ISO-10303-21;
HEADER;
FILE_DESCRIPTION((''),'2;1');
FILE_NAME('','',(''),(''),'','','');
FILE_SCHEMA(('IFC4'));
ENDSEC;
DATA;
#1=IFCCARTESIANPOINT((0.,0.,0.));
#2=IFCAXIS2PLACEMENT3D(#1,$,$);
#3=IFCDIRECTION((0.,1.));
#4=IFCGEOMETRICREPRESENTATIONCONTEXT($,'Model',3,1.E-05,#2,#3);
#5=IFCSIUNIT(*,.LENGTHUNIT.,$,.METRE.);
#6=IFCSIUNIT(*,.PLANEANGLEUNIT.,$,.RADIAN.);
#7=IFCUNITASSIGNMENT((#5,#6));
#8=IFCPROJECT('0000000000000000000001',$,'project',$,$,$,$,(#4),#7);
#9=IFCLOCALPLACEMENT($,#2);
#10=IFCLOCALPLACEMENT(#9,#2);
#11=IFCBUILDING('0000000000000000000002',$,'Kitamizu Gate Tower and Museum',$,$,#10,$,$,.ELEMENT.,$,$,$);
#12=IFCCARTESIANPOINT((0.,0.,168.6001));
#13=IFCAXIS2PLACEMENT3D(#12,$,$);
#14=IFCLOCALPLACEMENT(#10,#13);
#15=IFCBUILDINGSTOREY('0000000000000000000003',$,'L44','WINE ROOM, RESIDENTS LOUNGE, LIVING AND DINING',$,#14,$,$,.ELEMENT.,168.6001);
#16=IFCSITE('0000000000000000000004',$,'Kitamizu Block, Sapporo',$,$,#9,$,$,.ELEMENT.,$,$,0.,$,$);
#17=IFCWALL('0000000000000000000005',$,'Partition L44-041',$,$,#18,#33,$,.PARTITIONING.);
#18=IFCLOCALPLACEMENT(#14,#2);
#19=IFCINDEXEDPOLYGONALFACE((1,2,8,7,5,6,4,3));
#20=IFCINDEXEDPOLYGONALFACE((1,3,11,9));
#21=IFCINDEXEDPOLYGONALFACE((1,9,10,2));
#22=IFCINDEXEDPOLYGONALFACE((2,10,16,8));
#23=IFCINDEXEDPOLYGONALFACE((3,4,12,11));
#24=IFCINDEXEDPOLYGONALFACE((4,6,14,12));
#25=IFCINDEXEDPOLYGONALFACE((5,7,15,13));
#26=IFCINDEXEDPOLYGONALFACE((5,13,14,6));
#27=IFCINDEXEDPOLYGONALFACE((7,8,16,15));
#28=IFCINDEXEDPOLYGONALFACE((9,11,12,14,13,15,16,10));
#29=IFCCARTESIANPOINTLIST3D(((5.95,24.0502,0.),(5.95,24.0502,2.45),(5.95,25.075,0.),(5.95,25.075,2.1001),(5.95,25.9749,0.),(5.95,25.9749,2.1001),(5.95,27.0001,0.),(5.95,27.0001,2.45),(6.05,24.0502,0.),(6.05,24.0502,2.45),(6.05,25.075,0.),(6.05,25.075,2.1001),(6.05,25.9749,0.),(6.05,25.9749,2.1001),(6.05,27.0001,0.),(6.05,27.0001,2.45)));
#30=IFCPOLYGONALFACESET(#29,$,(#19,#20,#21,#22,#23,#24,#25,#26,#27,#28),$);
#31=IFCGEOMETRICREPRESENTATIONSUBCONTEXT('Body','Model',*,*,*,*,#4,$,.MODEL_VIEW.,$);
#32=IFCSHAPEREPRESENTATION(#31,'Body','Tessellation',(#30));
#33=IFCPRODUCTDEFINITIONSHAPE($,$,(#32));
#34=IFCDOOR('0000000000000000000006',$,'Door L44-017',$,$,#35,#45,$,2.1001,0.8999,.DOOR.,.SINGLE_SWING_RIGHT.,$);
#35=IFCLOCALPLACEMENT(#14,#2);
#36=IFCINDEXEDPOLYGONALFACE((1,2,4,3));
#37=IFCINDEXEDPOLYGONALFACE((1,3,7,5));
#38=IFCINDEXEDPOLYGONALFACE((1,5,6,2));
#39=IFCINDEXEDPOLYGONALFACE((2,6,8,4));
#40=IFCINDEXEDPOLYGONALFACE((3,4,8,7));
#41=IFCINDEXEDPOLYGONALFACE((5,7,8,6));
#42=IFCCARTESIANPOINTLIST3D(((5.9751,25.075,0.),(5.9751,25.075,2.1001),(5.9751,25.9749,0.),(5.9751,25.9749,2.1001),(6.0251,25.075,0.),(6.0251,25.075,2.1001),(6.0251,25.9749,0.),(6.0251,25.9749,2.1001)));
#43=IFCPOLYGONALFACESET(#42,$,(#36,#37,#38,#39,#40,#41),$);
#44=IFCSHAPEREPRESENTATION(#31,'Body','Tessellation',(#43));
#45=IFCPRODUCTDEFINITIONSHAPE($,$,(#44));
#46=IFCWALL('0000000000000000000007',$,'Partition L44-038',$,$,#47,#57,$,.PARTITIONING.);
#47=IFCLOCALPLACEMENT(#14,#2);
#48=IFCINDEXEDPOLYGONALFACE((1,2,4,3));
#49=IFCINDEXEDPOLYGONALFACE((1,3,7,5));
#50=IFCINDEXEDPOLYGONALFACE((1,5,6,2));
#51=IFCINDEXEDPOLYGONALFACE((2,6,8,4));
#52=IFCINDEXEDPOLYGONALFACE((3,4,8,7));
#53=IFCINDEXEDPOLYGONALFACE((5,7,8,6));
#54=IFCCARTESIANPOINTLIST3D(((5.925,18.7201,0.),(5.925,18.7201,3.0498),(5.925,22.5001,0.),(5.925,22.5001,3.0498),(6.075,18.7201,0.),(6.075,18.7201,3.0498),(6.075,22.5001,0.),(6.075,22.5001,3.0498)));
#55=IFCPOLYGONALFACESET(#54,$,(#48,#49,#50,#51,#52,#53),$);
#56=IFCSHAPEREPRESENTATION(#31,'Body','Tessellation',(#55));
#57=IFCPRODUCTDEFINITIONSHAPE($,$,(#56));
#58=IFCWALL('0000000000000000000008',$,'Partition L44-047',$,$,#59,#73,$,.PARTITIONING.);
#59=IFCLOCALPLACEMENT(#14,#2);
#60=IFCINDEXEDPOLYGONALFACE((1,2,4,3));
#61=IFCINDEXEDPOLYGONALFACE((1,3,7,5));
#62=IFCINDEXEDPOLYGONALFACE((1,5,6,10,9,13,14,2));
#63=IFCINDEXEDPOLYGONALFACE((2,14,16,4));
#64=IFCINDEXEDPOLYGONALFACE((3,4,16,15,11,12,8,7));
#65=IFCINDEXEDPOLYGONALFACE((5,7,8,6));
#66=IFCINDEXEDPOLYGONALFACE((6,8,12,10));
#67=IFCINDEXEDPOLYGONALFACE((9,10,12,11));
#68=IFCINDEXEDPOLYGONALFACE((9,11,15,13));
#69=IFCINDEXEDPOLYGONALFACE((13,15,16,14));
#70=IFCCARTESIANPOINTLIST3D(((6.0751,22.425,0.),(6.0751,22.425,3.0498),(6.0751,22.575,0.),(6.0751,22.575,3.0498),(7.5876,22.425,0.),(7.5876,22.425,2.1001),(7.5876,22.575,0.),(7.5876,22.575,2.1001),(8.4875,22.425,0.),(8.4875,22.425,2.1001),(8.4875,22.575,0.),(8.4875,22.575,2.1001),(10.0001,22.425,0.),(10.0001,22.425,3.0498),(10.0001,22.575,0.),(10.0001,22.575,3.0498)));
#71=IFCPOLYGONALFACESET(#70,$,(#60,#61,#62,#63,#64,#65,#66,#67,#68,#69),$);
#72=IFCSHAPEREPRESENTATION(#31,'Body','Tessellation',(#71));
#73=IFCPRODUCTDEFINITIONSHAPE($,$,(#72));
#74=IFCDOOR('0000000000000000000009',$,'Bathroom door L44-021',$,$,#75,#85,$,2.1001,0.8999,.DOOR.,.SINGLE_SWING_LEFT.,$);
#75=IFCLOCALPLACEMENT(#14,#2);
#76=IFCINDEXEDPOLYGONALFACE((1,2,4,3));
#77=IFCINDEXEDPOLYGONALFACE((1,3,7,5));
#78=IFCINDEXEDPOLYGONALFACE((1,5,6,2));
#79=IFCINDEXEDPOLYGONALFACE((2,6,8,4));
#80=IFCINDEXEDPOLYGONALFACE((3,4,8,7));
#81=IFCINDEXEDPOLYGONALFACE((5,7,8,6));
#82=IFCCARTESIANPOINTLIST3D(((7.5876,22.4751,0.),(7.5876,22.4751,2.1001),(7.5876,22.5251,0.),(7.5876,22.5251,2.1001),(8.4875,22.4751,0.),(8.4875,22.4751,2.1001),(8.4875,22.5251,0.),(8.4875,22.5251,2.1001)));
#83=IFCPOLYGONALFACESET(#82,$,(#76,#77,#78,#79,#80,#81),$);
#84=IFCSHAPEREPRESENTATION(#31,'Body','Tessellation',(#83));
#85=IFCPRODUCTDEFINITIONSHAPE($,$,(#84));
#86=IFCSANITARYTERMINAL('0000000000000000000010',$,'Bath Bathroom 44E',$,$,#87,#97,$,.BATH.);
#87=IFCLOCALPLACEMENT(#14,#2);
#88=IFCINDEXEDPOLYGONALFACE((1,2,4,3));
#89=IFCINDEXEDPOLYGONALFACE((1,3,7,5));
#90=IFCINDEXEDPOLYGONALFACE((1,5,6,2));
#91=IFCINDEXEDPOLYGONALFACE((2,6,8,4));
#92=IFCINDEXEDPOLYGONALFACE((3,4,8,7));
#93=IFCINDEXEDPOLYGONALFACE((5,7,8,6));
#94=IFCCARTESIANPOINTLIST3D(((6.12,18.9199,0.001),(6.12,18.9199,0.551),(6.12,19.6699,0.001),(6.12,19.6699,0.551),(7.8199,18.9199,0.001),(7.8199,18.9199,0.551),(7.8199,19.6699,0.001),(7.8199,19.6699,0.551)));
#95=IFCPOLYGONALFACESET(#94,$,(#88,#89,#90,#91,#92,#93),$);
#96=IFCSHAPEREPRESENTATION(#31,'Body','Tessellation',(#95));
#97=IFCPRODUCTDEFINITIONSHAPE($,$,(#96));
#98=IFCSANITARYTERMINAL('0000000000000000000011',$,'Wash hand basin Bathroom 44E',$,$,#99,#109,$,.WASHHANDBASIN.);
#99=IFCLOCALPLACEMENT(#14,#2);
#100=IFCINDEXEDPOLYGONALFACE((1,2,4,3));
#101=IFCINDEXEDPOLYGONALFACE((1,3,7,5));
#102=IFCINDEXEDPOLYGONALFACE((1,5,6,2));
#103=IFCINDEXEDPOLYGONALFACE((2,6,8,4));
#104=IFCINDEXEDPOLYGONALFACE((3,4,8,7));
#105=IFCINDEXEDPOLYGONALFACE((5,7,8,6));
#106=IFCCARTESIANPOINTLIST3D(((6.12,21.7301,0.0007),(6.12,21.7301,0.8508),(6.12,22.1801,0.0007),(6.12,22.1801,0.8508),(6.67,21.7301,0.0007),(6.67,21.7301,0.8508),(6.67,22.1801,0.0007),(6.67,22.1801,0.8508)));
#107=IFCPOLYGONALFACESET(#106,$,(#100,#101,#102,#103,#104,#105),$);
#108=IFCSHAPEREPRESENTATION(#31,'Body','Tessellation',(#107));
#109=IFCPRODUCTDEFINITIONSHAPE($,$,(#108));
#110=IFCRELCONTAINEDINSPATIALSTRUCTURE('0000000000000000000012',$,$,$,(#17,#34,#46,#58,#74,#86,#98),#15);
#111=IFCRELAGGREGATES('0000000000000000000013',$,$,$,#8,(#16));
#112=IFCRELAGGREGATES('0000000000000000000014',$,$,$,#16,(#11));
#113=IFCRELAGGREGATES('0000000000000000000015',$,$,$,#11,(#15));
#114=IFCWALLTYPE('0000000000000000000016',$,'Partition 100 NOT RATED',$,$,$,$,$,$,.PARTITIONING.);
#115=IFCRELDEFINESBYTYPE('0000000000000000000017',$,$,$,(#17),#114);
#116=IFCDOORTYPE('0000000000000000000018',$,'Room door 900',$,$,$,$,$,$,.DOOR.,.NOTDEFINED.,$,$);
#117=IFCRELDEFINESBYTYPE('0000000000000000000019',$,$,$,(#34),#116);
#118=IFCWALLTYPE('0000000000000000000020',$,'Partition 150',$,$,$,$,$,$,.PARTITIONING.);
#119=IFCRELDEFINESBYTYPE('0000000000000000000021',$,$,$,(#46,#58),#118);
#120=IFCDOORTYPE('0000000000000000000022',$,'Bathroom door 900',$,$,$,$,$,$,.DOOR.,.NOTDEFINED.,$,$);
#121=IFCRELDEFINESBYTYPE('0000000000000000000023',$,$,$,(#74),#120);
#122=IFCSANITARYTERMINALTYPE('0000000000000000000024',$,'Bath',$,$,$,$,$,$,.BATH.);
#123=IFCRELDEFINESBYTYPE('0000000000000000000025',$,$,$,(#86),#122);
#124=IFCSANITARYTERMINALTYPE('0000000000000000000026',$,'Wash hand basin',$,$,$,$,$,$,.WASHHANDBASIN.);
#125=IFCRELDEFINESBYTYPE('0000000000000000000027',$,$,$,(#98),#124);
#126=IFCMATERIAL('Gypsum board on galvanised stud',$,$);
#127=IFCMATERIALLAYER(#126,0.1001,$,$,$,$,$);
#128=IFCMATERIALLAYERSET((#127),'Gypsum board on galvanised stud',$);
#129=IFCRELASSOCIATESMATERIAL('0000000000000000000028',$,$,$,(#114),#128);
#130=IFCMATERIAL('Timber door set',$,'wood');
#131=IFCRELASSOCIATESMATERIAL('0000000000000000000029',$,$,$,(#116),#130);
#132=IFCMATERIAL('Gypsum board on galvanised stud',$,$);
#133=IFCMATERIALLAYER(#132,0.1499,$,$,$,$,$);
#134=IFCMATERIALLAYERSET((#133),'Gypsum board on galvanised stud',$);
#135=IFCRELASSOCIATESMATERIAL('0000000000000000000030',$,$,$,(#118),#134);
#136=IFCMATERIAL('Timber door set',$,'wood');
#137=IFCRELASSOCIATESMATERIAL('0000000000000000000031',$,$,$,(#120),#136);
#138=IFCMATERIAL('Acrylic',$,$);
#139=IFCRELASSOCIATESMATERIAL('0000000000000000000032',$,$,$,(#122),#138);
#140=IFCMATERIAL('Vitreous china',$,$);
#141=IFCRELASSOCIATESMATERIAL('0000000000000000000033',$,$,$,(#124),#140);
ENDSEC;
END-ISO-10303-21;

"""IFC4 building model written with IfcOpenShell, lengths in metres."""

from ifc_helpers import new_model, si_unit, direction, frame, frame_2d, origin, origin_2d, place, context, subcontext, project, spatial, rectangle, extrude, material, layer, layer_set, type_object, element, fill, save


model = new_model("IFC4")

# Units and contexts
model_context = context("Model", 3, precision=1e-05, world=origin(), true_north=direction((0.0, 1.0)))
body_context = subcontext(model_context, "Body", "Model", "MODEL_VIEW")
ifc_project = project(units=[si_unit("LENGTHUNIT", "METRE"), si_unit("PLANEANGLEUNIT", "RADIAN")], contexts=[model_context])

# Site, building, storey
site_placement = place(None, origin())
site = spatial("IfcSite", under=ifc_project, at=site_placement, Name="Kitamizu Block, Sapporo", CompositionType="ELEMENT", RefElevation=0.0)
building_placement = place(site_placement, origin())
building = spatial("IfcBuilding", under=site, at=building_placement, Name="Kitamizu Gate Tower and Museum", CompositionType="ELEMENT")
storey_placement = place(building_placement, frame((0.0, 0.0, 168.6001)))
storey = spatial("IfcBuildingStorey", under=building, at=storey_placement, Name="L44", Description="WINE ROOM, RESIDENTS LOUNGE, LIVING AND DINING", CompositionType="ELEMENT", Elevation=168.6001)

# Shared definitions
ifc_material_1 = material(Name="Gypsum board on galvanised stud")
ifc_layer_1 = layer(ifc_material_1, 0.1001)
ifc_layer_set_1 = layer_set([ifc_layer_1], Name="Gypsum board on galvanised stud")
wall_type_1 = type_object("IfcWallType", Name="Partition 100 NOT RATED", PredefinedType="PARTITIONING", material=ifc_layer_set_1)

# Wall, opening, door
ifc_material_2 = material(Name="Timber door set", Category="wood")
door_type_1 = type_object("IfcDoorType", Name="Room door 900", OperationType="NOTDEFINED", PredefinedType="DOOR", material=ifc_material_2)
wall_1_placement = place(storey_placement, frame((6.0, 24.05, 0.0), z_axis=(0.0, 0.0, 1.0), x_axis=(0.0, 1.0, 0.0)))
wall_1 = element("IfcWall", 1, at=wall_1_placement, inside=storey, type_object=wall_type_1, Name="Partition L44-041", PredefinedType="PARTITIONING", context=body_context, shape_type="SweptSolid", body=[
    extrude(rectangle(XDim=2.95, YDim=0.1001, at=frame_2d((1.4751, 0.0))), origin(), (0.0, 0.0, 1.0), 2.45),
])
opening_1_placement = place(wall_1_placement, frame((1.0249, 0.0, 0.0)))
opening_1 = element("IfcOpeningElement", 2, at=opening_1_placement, cuts=wall_1, PredefinedType="OPENING", context=body_context, shape_type="SweptSolid", body=[
    extrude(rectangle(XDim=0.8999, YDim=2.1001, at=frame_2d((0.45, 1.05))), frame((0.0, 0.0601, 0.0), z_axis=(0.0, -1.0, 0.0), x_axis=(1.0, 0.0, 0.0)), (0.0, 0.0, 1.0), 0.1201),
])
door_1_placement = place(opening_1_placement, origin())
door_1 = element("IfcDoor", 3, at=door_1_placement, inside=storey, type_object=door_type_1, Name="Door L44-017", OperationType="SINGLE_SWING_RIGHT", OverallHeight=2.1001, OverallWidth=0.8999, PredefinedType="DOOR", context=body_context, shape_type="SweptSolid", body=[
    extrude(rectangle(XDim=0.8999, YDim=2.1001, at=frame_2d((0.45, 1.05))), frame((0.0, 0.0249, 0.0), z_axis=(0.0, -1.0, 0.0), x_axis=(1.0, 0.0, 0.0)), (0.0, 0.0, 1.0), 0.05),
])
fill(opening_1, door_1)

# Wall
ifc_material_3 = material(Name="Gypsum board on galvanised stud")
ifc_layer_2 = layer(ifc_material_3, 0.1499)
ifc_layer_set_2 = layer_set([ifc_layer_2], Name="Gypsum board on galvanised stud")
wall_type_2 = type_object("IfcWallType", Name="Partition 150", PredefinedType="PARTITIONING", material=ifc_layer_set_2)
wall_2_placement = place(storey_placement, frame((6.0, 18.72, 0.0), z_axis=(0.0, 0.0, 1.0), x_axis=(0.0, 1.0, 0.0)))
element("IfcWall", 4, at=wall_2_placement, inside=storey, type_object=wall_type_2, Name="Partition L44-038", PredefinedType="PARTITIONING", context=body_context, shape_type="SweptSolid", body=[
    extrude(rectangle(XDim=3.78, YDim=0.1499, at=frame_2d((1.8901, 0.0))), origin(), (0.0, 0.0, 1.0), 3.0498),
])

# Wall, opening, door
wall_3_placement = place(storey_placement, frame((10.0, 22.5, 0.0), z_axis=(0.0, 0.0, 1.0), x_axis=(-1.0, 0.0, 0.0)))
wall_3 = element("IfcWall", 5, at=wall_3_placement, inside=storey, type_object=wall_type_2, Name="Partition L44-047", PredefinedType="PARTITIONING", context=body_context, shape_type="SweptSolid", body=[
    extrude(rectangle(XDim=3.925, YDim=0.1499, at=frame_2d((1.9624, 0.0))), origin(), (0.0, 0.0, 1.0), 3.0498),
])
opening_2_placement = place(wall_3_placement, frame((1.5125, 0.0, 0.0)))
opening_2 = element("IfcOpeningElement", 6, at=opening_2_placement, cuts=wall_3, PredefinedType="OPENING", context=body_context, shape_type="SweptSolid", body=[
    extrude(rectangle(XDim=0.8999, YDim=2.1001, at=frame_2d((0.45, 1.05))), frame((0.0, 0.085, 0.0), z_axis=(0.0, -1.0, 0.0), x_axis=(1.0, 0.0, 0.0)), (0.0, 0.0, 1.0), 0.1699),
])
ifc_material_4 = material(Name="Timber door set", Category="wood")
door_type_2 = type_object("IfcDoorType", Name="Bathroom door 900", OperationType="NOTDEFINED", PredefinedType="DOOR", material=ifc_material_4)
door_2_placement = place(opening_2_placement, origin())
door_2 = element("IfcDoor", 7, at=door_2_placement, inside=storey, type_object=door_type_2, Name="Bathroom door L44-021", OperationType="SINGLE_SWING_LEFT", OverallHeight=2.1001, OverallWidth=0.8999, PredefinedType="DOOR", context=body_context, shape_type="SweptSolid", body=[
    extrude(rectangle(XDim=0.8999, YDim=2.1001, at=frame_2d((0.45, 1.05))), frame((0.0, 0.0249, 0.0), z_axis=(0.0, -1.0, 0.0), x_axis=(1.0, 0.0, 0.0)), (0.0, 0.0, 1.0), 0.05),
])
fill(opening_2, door_2)

# Sanitary terminals
ifc_material_5 = material(Name="Acrylic")
sanitary_terminal_type_1 = type_object("IfcSanitaryTerminalType", Name="Bath", PredefinedType="BATH", material=ifc_material_5)
sanitary_terminal_1_placement = place(storey_placement, frame((6.97, 19.2949, 0.001), z_axis=(0.0, 0.0, 1.0), x_axis=(1.0, 0.0, 0.0)))
element("IfcSanitaryTerminal", 8, at=sanitary_terminal_1_placement, inside=storey, type_object=sanitary_terminal_type_1, Name="Bath Bathroom 44E", PredefinedType="BATH", context=body_context, shape_type="SweptSolid", body=[
    extrude(rectangle(XDim=1.7, YDim=0.75, at=origin_2d()), origin(), (0.0, 0.0, 1.0), 0.55),
])
ifc_material_6 = material(Name="Vitreous china")
sanitary_terminal_type_2 = type_object("IfcSanitaryTerminalType", Name="Wash hand basin", PredefinedType="WASHHANDBASIN", material=ifc_material_6)
sanitary_terminal_2_placement = place(storey_placement, frame((6.395, 21.9551, 0.0007), z_axis=(0.0, 0.0, 1.0), x_axis=(1.0, 0.0, 0.0)))
element("IfcSanitaryTerminal", 9, at=sanitary_terminal_2_placement, inside=storey, type_object=sanitary_terminal_type_2, Name="Wash hand basin Bathroom 44E", PredefinedType="WASHHANDBASIN", context=body_context, shape_type="SweptSolid", body=[
    extrude(rectangle(XDim=0.55, YDim=0.45, at=origin_2d()), origin(), (0.0, 0.0, 1.0), 0.8501),
])

save(model, "model.ifc")
